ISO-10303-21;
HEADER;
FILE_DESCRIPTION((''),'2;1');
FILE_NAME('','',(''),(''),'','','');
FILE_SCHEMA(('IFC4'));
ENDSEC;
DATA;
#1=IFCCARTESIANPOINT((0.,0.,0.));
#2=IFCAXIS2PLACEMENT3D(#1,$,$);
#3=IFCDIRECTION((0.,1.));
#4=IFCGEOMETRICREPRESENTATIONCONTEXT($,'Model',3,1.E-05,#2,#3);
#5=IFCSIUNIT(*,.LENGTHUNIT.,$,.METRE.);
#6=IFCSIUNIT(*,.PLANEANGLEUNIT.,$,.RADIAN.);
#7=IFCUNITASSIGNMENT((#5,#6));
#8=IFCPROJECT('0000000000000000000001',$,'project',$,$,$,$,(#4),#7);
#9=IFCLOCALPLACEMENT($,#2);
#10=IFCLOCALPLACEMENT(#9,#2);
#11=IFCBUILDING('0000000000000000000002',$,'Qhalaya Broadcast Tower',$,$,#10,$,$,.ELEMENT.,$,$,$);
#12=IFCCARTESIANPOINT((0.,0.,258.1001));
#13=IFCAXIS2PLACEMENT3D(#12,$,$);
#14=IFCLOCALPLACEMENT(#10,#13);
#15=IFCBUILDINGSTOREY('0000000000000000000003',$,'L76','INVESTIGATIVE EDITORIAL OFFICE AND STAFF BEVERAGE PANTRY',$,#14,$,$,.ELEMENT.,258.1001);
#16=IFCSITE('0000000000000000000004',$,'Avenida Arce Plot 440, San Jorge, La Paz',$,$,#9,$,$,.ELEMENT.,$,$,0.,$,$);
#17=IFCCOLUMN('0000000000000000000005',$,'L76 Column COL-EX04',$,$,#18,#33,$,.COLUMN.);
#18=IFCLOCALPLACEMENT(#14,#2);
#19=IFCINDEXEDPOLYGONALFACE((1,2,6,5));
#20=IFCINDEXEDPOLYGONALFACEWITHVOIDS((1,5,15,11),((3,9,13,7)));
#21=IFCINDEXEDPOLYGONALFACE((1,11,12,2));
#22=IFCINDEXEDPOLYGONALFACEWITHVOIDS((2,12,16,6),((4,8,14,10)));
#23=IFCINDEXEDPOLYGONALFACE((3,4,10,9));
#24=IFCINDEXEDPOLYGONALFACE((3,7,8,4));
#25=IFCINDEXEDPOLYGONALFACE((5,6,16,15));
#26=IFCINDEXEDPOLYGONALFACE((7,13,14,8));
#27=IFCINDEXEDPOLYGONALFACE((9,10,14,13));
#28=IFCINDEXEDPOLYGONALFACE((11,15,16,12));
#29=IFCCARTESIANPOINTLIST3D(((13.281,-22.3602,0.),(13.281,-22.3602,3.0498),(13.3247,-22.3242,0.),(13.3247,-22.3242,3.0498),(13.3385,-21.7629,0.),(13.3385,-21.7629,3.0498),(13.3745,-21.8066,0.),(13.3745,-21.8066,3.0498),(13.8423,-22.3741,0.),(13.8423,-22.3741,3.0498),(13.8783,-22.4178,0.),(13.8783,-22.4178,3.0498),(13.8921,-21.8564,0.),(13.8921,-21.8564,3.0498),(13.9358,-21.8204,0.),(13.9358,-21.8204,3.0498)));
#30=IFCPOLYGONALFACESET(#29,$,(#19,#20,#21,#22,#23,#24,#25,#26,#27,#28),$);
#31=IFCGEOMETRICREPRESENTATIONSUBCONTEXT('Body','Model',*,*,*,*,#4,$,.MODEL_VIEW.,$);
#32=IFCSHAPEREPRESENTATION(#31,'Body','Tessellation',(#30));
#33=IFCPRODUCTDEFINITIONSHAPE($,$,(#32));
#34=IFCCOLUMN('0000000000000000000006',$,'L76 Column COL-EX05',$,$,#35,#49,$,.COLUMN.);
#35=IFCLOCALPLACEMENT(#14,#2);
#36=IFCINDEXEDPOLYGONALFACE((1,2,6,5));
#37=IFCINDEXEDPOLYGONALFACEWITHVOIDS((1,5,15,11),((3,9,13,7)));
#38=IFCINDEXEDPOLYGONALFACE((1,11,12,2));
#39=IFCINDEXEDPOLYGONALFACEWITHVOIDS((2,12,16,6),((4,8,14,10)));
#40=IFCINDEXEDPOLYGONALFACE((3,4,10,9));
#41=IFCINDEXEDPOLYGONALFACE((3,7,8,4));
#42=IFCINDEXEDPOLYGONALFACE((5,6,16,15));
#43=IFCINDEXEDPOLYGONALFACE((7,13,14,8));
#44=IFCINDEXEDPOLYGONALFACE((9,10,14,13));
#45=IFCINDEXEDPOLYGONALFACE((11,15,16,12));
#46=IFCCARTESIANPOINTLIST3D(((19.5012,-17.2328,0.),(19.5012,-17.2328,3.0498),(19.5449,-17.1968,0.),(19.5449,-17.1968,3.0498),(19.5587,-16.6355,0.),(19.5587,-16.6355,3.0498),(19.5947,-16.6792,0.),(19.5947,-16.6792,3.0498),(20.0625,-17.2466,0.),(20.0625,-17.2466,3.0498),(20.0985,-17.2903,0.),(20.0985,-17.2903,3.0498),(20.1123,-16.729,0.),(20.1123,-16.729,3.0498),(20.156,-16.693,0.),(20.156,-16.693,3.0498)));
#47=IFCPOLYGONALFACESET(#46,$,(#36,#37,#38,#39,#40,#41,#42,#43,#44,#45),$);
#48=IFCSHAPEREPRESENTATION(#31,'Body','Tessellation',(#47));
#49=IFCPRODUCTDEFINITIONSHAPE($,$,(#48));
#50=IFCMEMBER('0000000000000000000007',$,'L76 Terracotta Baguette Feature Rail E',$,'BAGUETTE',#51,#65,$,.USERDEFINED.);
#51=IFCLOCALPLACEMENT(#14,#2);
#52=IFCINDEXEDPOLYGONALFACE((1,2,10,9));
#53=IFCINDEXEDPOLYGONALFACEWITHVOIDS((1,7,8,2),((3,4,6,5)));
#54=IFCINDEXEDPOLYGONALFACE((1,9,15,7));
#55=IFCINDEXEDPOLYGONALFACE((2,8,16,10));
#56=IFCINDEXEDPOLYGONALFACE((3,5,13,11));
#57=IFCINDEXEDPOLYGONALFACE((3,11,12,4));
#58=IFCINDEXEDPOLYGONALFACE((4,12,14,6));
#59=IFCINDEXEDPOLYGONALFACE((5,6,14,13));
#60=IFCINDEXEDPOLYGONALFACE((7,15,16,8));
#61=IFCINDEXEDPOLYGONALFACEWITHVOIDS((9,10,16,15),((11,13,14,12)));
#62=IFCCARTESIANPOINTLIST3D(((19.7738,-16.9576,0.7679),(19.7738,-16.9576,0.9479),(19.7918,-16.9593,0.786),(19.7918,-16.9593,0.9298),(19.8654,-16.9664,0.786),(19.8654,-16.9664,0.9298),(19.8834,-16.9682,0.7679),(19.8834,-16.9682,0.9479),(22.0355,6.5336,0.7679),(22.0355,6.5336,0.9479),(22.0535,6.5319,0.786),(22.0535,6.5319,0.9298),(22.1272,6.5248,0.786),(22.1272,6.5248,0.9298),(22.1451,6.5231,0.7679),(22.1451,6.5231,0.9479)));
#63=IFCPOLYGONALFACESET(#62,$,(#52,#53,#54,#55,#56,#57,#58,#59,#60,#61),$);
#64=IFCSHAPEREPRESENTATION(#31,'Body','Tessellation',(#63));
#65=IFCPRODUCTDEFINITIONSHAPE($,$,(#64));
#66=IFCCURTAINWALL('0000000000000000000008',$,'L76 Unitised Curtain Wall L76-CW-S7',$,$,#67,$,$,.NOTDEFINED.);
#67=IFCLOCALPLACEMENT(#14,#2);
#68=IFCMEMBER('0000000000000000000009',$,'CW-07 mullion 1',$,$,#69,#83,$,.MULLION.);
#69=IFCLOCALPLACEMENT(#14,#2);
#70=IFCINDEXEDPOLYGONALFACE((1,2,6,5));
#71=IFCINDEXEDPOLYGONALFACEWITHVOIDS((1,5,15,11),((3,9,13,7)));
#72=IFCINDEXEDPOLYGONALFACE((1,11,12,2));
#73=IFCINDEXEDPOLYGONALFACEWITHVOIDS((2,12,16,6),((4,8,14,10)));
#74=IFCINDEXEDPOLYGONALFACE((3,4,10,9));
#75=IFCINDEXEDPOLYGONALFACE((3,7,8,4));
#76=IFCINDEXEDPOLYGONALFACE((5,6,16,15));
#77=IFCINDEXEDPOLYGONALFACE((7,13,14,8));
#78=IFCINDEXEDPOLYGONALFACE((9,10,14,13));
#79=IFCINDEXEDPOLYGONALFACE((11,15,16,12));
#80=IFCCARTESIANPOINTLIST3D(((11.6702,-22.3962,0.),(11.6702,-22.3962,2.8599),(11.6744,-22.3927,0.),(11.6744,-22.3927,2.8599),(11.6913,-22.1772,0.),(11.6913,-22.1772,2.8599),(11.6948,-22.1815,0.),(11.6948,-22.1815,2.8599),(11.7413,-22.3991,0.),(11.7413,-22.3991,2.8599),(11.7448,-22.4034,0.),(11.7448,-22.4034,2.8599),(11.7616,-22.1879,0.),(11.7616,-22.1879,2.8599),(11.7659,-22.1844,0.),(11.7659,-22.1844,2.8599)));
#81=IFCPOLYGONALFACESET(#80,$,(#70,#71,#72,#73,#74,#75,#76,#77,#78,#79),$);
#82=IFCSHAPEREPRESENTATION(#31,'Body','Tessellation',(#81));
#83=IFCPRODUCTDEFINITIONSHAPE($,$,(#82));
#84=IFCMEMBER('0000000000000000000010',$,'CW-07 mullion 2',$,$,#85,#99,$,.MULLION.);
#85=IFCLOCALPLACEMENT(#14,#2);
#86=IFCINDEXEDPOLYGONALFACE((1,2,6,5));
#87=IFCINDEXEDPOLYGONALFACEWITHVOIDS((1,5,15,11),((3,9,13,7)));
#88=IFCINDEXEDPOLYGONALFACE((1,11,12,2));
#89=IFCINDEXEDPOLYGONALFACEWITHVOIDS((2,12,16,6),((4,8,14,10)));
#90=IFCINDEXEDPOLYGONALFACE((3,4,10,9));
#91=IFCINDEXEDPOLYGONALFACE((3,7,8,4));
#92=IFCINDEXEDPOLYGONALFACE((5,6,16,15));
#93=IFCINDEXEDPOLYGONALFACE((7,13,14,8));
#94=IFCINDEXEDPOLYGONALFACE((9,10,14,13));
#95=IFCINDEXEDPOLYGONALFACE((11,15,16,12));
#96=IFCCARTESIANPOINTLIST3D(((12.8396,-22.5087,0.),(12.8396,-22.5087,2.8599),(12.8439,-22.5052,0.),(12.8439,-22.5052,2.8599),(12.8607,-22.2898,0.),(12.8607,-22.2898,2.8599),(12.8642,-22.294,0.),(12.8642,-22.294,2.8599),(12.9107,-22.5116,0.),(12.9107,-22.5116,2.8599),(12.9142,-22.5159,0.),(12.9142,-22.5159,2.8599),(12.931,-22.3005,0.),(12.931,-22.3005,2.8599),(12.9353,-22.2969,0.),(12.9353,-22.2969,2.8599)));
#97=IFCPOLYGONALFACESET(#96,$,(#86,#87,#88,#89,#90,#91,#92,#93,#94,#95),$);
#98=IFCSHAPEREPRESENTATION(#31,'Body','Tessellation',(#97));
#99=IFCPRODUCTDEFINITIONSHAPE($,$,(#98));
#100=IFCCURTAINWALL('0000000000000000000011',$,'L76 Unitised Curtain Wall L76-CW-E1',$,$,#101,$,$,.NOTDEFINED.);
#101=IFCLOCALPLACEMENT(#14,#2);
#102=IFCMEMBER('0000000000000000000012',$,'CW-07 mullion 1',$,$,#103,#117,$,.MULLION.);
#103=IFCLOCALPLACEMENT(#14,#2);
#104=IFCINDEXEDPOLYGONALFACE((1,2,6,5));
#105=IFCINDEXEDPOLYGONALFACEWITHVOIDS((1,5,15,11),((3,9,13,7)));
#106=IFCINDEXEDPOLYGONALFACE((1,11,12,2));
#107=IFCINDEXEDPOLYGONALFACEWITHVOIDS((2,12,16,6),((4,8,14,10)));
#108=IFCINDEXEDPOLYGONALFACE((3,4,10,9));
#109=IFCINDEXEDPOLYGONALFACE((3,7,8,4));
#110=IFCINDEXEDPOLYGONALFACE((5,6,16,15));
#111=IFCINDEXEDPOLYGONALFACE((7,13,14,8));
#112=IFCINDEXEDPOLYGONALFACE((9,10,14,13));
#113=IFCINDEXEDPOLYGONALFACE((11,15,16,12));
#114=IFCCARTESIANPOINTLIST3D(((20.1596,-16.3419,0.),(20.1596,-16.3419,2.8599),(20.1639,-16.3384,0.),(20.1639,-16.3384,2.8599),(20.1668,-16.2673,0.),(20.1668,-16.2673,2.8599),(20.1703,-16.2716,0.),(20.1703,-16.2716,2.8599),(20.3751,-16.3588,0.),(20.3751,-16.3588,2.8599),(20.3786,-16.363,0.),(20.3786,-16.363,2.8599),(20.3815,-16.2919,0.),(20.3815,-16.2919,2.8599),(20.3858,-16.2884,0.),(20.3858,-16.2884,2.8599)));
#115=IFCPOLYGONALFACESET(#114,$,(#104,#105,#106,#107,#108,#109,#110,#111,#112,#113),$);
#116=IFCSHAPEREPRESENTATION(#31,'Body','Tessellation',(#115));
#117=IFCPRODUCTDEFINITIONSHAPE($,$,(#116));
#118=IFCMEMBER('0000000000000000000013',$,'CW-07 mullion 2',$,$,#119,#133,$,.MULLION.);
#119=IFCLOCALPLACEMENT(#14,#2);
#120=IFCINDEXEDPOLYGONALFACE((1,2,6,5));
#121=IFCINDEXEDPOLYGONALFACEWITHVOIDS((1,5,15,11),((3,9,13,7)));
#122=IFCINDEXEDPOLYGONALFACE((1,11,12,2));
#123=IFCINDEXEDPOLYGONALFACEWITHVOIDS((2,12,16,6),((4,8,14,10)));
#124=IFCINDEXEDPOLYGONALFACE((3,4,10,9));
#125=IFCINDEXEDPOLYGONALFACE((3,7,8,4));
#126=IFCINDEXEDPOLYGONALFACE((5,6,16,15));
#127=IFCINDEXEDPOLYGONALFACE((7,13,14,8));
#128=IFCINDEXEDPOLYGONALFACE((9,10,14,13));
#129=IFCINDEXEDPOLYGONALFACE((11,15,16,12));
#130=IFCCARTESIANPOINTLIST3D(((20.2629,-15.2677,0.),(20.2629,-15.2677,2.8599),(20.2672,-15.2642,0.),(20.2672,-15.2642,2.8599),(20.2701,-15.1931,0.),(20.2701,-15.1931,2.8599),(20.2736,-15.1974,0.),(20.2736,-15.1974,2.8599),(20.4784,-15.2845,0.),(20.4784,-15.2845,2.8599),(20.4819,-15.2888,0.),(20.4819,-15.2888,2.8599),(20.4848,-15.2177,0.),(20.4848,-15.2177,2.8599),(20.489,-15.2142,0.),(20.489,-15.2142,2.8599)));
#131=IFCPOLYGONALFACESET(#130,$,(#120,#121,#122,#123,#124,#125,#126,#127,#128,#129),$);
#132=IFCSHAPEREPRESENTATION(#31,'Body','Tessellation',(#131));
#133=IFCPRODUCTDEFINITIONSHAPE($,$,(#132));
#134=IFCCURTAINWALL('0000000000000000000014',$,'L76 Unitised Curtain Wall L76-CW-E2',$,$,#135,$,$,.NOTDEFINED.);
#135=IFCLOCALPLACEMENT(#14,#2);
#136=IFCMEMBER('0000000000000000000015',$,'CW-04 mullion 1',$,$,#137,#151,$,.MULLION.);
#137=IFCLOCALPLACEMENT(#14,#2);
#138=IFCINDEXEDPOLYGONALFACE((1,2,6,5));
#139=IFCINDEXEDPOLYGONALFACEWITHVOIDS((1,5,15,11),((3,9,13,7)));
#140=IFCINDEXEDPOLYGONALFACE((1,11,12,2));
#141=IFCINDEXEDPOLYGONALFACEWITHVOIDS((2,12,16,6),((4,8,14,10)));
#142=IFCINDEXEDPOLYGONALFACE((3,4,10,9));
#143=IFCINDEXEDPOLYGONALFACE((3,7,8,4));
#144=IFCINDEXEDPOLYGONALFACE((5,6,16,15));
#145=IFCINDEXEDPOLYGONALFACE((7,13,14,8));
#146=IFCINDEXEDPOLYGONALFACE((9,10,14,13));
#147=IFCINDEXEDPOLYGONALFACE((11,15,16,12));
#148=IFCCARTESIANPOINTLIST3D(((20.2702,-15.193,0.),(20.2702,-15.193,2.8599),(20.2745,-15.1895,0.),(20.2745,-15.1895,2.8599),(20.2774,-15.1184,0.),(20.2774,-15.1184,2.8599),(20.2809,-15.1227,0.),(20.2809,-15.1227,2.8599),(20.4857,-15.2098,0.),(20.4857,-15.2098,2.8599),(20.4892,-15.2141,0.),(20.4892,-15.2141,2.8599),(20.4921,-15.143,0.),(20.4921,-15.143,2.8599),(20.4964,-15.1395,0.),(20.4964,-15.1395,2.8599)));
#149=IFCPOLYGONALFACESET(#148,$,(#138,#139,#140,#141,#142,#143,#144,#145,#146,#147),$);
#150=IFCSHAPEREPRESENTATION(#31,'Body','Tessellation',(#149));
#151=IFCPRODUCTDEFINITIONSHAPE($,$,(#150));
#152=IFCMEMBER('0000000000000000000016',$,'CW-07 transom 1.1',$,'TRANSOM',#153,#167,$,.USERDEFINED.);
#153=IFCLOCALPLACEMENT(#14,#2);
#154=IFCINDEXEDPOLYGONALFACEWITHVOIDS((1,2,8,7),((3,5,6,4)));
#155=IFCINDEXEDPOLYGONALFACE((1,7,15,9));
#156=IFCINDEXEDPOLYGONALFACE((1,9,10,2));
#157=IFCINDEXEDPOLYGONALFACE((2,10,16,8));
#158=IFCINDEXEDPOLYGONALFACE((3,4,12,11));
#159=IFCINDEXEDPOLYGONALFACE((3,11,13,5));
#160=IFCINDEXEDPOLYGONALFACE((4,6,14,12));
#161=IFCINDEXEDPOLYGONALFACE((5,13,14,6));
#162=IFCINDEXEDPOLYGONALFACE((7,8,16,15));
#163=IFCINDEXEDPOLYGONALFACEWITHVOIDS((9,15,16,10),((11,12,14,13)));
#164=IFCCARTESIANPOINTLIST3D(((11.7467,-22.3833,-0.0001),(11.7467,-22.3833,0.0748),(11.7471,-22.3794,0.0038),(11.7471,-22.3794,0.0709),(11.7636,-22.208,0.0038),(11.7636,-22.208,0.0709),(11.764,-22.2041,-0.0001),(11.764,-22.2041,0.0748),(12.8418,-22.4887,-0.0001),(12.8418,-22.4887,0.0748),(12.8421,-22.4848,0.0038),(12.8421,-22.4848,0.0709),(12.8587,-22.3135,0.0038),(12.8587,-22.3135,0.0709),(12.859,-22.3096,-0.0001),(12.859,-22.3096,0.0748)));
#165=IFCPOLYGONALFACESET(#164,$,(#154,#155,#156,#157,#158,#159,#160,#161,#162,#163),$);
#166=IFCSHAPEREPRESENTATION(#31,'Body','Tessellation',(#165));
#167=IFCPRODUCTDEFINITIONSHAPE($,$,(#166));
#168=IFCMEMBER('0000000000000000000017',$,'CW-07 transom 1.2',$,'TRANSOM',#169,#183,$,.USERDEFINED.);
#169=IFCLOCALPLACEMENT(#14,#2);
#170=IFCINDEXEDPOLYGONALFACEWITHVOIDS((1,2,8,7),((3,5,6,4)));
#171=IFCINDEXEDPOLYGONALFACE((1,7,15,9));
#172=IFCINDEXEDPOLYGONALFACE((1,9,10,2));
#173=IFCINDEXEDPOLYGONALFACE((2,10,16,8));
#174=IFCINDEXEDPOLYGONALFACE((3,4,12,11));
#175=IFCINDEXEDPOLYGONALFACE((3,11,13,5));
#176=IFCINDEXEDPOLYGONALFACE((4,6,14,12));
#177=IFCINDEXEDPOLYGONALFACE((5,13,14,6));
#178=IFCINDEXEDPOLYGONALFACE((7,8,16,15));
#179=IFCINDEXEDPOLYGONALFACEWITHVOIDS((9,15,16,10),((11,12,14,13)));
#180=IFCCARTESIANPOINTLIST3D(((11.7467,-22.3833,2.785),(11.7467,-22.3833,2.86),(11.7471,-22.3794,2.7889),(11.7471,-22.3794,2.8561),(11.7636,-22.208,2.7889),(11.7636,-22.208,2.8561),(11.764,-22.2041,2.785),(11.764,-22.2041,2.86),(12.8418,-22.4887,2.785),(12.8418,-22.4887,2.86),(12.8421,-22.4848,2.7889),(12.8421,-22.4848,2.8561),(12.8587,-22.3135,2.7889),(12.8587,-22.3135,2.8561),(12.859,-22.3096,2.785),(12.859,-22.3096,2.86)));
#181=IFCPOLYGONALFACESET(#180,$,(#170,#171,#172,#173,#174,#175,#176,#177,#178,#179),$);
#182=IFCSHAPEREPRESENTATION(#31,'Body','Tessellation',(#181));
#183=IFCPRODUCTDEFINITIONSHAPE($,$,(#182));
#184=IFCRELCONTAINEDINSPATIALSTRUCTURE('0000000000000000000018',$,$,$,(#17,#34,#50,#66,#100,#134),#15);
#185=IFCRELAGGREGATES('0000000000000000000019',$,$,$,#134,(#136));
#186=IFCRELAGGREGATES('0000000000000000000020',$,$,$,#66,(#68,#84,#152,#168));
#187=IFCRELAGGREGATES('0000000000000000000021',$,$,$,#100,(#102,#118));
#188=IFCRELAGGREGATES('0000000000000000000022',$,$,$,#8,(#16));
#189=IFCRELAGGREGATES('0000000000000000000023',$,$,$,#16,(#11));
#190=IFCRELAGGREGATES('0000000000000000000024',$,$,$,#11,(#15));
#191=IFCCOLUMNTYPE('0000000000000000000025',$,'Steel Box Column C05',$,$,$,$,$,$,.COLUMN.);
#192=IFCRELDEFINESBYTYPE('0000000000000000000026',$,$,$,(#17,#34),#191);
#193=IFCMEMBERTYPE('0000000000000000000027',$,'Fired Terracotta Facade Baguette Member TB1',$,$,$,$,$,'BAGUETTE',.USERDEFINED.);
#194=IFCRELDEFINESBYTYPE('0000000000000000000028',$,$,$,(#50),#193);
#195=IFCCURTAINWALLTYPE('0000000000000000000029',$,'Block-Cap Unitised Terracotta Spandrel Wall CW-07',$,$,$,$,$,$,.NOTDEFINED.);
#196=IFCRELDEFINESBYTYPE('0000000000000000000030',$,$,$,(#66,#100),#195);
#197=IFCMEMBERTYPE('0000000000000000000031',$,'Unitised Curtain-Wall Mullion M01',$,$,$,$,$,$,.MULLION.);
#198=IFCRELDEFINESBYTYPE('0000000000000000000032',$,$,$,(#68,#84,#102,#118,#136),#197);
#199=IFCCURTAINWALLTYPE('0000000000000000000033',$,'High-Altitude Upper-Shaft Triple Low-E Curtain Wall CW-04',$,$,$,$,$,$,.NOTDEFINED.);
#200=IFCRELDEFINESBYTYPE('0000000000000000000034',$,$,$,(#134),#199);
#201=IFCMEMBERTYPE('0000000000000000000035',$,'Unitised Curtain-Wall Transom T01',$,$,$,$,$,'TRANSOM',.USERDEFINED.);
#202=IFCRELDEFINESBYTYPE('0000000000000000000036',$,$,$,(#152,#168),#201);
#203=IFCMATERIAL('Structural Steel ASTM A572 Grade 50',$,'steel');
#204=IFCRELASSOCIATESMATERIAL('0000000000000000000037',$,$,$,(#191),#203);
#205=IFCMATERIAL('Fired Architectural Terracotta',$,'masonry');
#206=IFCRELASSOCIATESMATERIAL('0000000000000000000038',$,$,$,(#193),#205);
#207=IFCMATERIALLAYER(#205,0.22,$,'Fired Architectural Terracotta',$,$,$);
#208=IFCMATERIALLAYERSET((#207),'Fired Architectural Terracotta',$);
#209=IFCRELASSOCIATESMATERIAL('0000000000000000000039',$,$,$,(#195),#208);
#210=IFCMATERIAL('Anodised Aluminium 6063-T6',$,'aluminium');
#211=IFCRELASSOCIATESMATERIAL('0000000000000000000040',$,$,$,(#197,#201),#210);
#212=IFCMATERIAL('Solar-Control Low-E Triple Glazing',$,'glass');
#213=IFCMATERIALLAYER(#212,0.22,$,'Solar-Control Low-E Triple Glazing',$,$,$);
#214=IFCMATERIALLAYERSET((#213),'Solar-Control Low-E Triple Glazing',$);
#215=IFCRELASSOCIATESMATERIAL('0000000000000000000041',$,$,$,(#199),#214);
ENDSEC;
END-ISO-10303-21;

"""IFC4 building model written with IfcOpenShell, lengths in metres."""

from ifc_helpers import new_model, si_unit, direction, frame, origin, origin_2d, place, context, subcontext, project, spatial, hollow_rectangle, extrude, material, layer, layer_set, material_profile, profile_set, type_object, element, aggregate, save


model = new_model("IFC4")

# Units and contexts
model_context = context("Model", 3, precision=1e-05, world=origin(), true_north=direction((0.0, 1.0)))
body_context = subcontext(model_context, "Body", "Model", "MODEL_VIEW")
ifc_project = project(units=[si_unit("LENGTHUNIT", "METRE"), si_unit("PLANEANGLEUNIT", "RADIAN")], contexts=[model_context])

# Site, building, storey
site_placement = place(None, origin())
site = spatial("IfcSite", under=ifc_project, at=site_placement, Name="Avenida Arce Plot 440, San Jorge, La Paz", CompositionType="ELEMENT", RefElevation=0.0)
building_placement = place(site_placement, origin())
building = spatial("IfcBuilding", under=site, at=building_placement, Name="Qhalaya Broadcast Tower", CompositionType="ELEMENT")
storey_placement = place(building_placement, frame((0.0, 0.0, 258.1001)))
storey = spatial("IfcBuildingStorey", under=building, at=storey_placement, Name="L76", Description="INVESTIGATIVE EDITORIAL OFFICE AND STAFF BEVERAGE PANTRY", CompositionType="ELEMENT", Elevation=258.1001)

# Columns
ifc_material_1 = material(Name="Structural Steel ASTM A572 Grade 50", Category="steel")
ifc_material_profile_1 = material_profile(ifc_material_1, hollow_rectangle(XDim=0.6001, YDim=0.6001, WallThickness=0.04, at=origin_2d()), Name="BOX 600x600x40")
ifc_profile_set_1 = profile_set([ifc_material_profile_1], Name="Structural Steel ASTM A572 Grade 50")
column_type = type_object("IfcColumnType", Name="Steel Box Column C05", PredefinedType="COLUMN", material=ifc_profile_set_1)
for number, where, z_axis, x_axis, name in (
    (1, (13.6084, -22.0903, 0.0), (0.0, 0.0, 1.0), (0.995396, -0.095846, 0.0), "L76 Column COL-EX04"),
    (2, (19.8286, -16.9629, 0.0), (0.0, 0.0, 1.0), (0.095846, 0.995396, 0.0), "L76 Column COL-EX05"),
):
    element("IfcColumn", number, at=place(storey_placement, frame(where, z_axis=z_axis, x_axis=x_axis)), inside=storey, type_object=column_type, Name=name, PredefinedType="COLUMN", context=body_context, shape_type="SweptSolid", body=[
        extrude(hollow_rectangle(XDim=0.6001, YDim=0.6001, WallThickness=0.04, at=origin_2d()), origin(), (0.0, 0.0, 1.0), 3.0498),
    ])

# Member
ifc_material_2 = material(Name="Fired Architectural Terracotta", Category="masonry")
ifc_material_profile_2 = material_profile(ifc_material_2, hollow_rectangle(XDim=0.1101, YDim=0.1799, WallThickness=0.0181, at=origin_2d()), Name="TB-BAG 110x180x18")
ifc_profile_set_2 = profile_set([ifc_material_profile_2], Name="Fired Architectural Terracotta")
member_type_1 = type_object("IfcMemberType", Name="Fired Terracotta Facade Baguette Member TB1", ElementType="BAGUETTE", PredefinedType="USERDEFINED", material=ifc_profile_set_2)
member_1_placement = place(storey_placement, frame((19.8286, -16.9629, 0.8579), z_axis=(0.095836, 0.995397, 0.0), x_axis=(-0.995397, 0.095836, 0.0)))
element("IfcMember", 3, at=member_1_placement, inside=storey, type_object=member_type_1, Name="L76 Terracotta Baguette Feature Rail E", ObjectType="BAGUETTE", PredefinedType="USERDEFINED", context=body_context, shape_type="SweptSolid", body=[
    extrude(hollow_rectangle(XDim=0.1101, YDim=0.1799, WallThickness=0.0181, at=origin_2d()), origin(), (0.0, 0.0, 1.0), 23.5999),
])

# Curtain walls, members
ifc_layer_1 = layer(ifc_material_2, 0.22, Name="Fired Architectural Terracotta")
ifc_layer_set_1 = layer_set([ifc_layer_1], Name="Fired Architectural Terracotta")
curtain_wall_type_1 = type_object("IfcCurtainWallType", Name="Block-Cap Unitised Terracotta Spandrel Wall CW-07", PredefinedType="NOTDEFINED", material=ifc_layer_set_1)
curtain_wall_1_placement = place(storey_placement, origin())
curtain_wall_1 = element("IfcCurtainWall", 4, at=curtain_wall_1_placement, inside=storey, type_object=curtain_wall_type_1, Name="L76 Unitised Curtain Wall L76-CW-S7", PredefinedType="NOTDEFINED")
ifc_material_3 = material(Name="Anodised Aluminium 6063-T6", Category="aluminium")
ifc_material_profile_3 = material_profile(ifc_material_3, hollow_rectangle(XDim=0.075, YDim=0.22, WallThickness=0.0039, at=origin_2d()), Name="ALU-MUL 75x220x4")
ifc_profile_set_3 = profile_set([ifc_material_profile_3], Name="Anodised Aluminium 6063-T6")
member_type_2 = type_object("IfcMemberType", Name="Unitised Curtain-Wall Mullion M01", PredefinedType="MULLION", material=ifc_profile_set_3)
member_2_placement = place(storey_placement, frame((11.718, -22.2903, 0.0), z_axis=(0.0, 0.0, 1.0), x_axis=(0.995396, -0.095844, 0.0)))
member_2 = element("IfcMember", 5, at=member_2_placement, type_object=member_type_2, Name="CW-07 mullion 1", PredefinedType="MULLION", context=body_context, shape_type="SweptSolid", body=[
    extrude(hollow_rectangle(XDim=0.075, YDim=0.22, WallThickness=0.0039, at=origin_2d()), origin(), (0.0, 0.0, 1.0), 2.8599),
])
member_3_placement = place(storey_placement, frame((12.8875, -22.4028, 0.0), z_axis=(0.0, 0.0, 1.0), x_axis=(0.995396, -0.095844, 0.0)))
member_3 = element("IfcMember", 6, at=member_3_placement, type_object=member_type_2, Name="CW-07 mullion 2", PredefinedType="MULLION", context=body_context, shape_type="SweptSolid", body=[
    extrude(hollow_rectangle(XDim=0.075, YDim=0.22, WallThickness=0.0039, at=origin_2d()), origin(), (0.0, 0.0, 1.0), 2.8599),
])
curtain_wall_2_placement = place(storey_placement, origin())
curtain_wall_2 = element("IfcCurtainWall", 7, at=curtain_wall_2_placement, inside=storey, type_object=curtain_wall_type_1, Name="L76 Unitised Curtain Wall L76-CW-E1", PredefinedType="NOTDEFINED")
member_4_placement = place(storey_placement, frame((20.2727, -16.3152, 0.0), z_axis=(0.0, 0.0, 1.0), x_axis=(0.09584, 0.995397, 0.0)))
member_4 = element("IfcMember", 8, at=member_4_placement, type_object=member_type_2, Name="CW-07 mullion 1", PredefinedType="MULLION", context=body_context, shape_type="SweptSolid", body=[
    extrude(hollow_rectangle(XDim=0.075, YDim=0.22, WallThickness=0.0039, at=origin_2d()), origin(), (0.0, 0.0, 1.0), 2.8599),
])
member_5_placement = place(storey_placement, frame((20.376, -15.241, 0.0), z_axis=(0.0, 0.0, 1.0), x_axis=(0.09584, 0.995397, 0.0)))
member_5 = element("IfcMember", 9, at=member_5_placement, type_object=member_type_2, Name="CW-07 mullion 2", PredefinedType="MULLION", context=body_context, shape_type="SweptSolid", body=[
    extrude(hollow_rectangle(XDim=0.075, YDim=0.22, WallThickness=0.0039, at=origin_2d()), origin(), (0.0, 0.0, 1.0), 2.8599),
])

# Curtain wall, member
ifc_material_4 = material(Name="Solar-Control Low-E Triple Glazing", Category="glass")
ifc_layer_2 = layer(ifc_material_4, 0.22, Name="Solar-Control Low-E Triple Glazing")
ifc_layer_set_2 = layer_set([ifc_layer_2], Name="Solar-Control Low-E Triple Glazing")
curtain_wall_type_2 = type_object("IfcCurtainWallType", Name="High-Altitude Upper-Shaft Triple Low-E Curtain Wall CW-04", PredefinedType="NOTDEFINED", material=ifc_layer_set_2)
curtain_wall_3_placement = place(storey_placement, origin())
curtain_wall_3 = element("IfcCurtainWall", 10, at=curtain_wall_3_placement, inside=storey, type_object=curtain_wall_type_2, Name="L76 Unitised Curtain Wall L76-CW-E2", PredefinedType="NOTDEFINED")
member_6_placement = place(storey_placement, frame((20.3833, -15.1663, 0.0), z_axis=(0.0, 0.0, 1.0), x_axis=(0.095836, 0.995397, 0.0)))
member_6 = element("IfcMember", 11, at=member_6_placement, type_object=member_type_2, Name="CW-04 mullion 1", PredefinedType="MULLION", context=body_context, shape_type="SweptSolid", body=[
    extrude(hollow_rectangle(XDim=0.075, YDim=0.22, WallThickness=0.0039, at=origin_2d()), origin(), (0.0, 0.0, 1.0), 2.8599),
])

# Members
ifc_material_profile_4 = material_profile(ifc_material_3, hollow_rectangle(XDim=0.075, YDim=0.1799, WallThickness=0.0039, at=origin_2d()), Name="ALU-TRN 75x180x4")
ifc_profile_set_4 = profile_set([ifc_material_profile_4], Name="Anodised Aluminium 6063-T6")
member_type_3 = type_object("IfcMemberType", Name="Unitised Curtain-Wall Transom T01", ElementType="TRANSOM", PredefinedType="USERDEFINED", material=ifc_profile_set_4)
member_7_placement = place(storey_placement, frame((11.7554, -22.2937, 0.0374), z_axis=(0.995393, -0.095877, 0.0), x_axis=(0.0, 0.0, 1.0)))
member_7 = element("IfcMember", 12, at=member_7_placement, type_object=member_type_3, Name="CW-07 transom 1.1", ObjectType="TRANSOM", PredefinedType="USERDEFINED", context=body_context, shape_type="SweptSolid", body=[
    extrude(hollow_rectangle(XDim=0.075, YDim=0.1799, WallThickness=0.0039, at=origin_2d()), origin(), (0.0, 0.0, 1.0), 1.1001),
])
member_8_placement = place(storey_placement, frame((11.7554, -22.2937, 2.8225), z_axis=(0.995393, -0.095877, 0.0), x_axis=(0.0, 0.0, 1.0)))
member_8 = element("IfcMember", 13, at=member_8_placement, type_object=member_type_3, Name="CW-07 transom 1.2", ObjectType="TRANSOM", PredefinedType="USERDEFINED", context=body_context, shape_type="SweptSolid", body=[
    extrude(hollow_rectangle(XDim=0.075, YDim=0.1799, WallThickness=0.0039, at=origin_2d()), origin(), (0.0, 0.0, 1.0), 1.1001),
])
aggregate(curtain_wall_3, [member_6])

aggregate(curtain_wall_1, [member_2, member_3, member_7, member_8])
aggregate(curtain_wall_2, [member_4, member_5])

save(model, "model.ifc")
